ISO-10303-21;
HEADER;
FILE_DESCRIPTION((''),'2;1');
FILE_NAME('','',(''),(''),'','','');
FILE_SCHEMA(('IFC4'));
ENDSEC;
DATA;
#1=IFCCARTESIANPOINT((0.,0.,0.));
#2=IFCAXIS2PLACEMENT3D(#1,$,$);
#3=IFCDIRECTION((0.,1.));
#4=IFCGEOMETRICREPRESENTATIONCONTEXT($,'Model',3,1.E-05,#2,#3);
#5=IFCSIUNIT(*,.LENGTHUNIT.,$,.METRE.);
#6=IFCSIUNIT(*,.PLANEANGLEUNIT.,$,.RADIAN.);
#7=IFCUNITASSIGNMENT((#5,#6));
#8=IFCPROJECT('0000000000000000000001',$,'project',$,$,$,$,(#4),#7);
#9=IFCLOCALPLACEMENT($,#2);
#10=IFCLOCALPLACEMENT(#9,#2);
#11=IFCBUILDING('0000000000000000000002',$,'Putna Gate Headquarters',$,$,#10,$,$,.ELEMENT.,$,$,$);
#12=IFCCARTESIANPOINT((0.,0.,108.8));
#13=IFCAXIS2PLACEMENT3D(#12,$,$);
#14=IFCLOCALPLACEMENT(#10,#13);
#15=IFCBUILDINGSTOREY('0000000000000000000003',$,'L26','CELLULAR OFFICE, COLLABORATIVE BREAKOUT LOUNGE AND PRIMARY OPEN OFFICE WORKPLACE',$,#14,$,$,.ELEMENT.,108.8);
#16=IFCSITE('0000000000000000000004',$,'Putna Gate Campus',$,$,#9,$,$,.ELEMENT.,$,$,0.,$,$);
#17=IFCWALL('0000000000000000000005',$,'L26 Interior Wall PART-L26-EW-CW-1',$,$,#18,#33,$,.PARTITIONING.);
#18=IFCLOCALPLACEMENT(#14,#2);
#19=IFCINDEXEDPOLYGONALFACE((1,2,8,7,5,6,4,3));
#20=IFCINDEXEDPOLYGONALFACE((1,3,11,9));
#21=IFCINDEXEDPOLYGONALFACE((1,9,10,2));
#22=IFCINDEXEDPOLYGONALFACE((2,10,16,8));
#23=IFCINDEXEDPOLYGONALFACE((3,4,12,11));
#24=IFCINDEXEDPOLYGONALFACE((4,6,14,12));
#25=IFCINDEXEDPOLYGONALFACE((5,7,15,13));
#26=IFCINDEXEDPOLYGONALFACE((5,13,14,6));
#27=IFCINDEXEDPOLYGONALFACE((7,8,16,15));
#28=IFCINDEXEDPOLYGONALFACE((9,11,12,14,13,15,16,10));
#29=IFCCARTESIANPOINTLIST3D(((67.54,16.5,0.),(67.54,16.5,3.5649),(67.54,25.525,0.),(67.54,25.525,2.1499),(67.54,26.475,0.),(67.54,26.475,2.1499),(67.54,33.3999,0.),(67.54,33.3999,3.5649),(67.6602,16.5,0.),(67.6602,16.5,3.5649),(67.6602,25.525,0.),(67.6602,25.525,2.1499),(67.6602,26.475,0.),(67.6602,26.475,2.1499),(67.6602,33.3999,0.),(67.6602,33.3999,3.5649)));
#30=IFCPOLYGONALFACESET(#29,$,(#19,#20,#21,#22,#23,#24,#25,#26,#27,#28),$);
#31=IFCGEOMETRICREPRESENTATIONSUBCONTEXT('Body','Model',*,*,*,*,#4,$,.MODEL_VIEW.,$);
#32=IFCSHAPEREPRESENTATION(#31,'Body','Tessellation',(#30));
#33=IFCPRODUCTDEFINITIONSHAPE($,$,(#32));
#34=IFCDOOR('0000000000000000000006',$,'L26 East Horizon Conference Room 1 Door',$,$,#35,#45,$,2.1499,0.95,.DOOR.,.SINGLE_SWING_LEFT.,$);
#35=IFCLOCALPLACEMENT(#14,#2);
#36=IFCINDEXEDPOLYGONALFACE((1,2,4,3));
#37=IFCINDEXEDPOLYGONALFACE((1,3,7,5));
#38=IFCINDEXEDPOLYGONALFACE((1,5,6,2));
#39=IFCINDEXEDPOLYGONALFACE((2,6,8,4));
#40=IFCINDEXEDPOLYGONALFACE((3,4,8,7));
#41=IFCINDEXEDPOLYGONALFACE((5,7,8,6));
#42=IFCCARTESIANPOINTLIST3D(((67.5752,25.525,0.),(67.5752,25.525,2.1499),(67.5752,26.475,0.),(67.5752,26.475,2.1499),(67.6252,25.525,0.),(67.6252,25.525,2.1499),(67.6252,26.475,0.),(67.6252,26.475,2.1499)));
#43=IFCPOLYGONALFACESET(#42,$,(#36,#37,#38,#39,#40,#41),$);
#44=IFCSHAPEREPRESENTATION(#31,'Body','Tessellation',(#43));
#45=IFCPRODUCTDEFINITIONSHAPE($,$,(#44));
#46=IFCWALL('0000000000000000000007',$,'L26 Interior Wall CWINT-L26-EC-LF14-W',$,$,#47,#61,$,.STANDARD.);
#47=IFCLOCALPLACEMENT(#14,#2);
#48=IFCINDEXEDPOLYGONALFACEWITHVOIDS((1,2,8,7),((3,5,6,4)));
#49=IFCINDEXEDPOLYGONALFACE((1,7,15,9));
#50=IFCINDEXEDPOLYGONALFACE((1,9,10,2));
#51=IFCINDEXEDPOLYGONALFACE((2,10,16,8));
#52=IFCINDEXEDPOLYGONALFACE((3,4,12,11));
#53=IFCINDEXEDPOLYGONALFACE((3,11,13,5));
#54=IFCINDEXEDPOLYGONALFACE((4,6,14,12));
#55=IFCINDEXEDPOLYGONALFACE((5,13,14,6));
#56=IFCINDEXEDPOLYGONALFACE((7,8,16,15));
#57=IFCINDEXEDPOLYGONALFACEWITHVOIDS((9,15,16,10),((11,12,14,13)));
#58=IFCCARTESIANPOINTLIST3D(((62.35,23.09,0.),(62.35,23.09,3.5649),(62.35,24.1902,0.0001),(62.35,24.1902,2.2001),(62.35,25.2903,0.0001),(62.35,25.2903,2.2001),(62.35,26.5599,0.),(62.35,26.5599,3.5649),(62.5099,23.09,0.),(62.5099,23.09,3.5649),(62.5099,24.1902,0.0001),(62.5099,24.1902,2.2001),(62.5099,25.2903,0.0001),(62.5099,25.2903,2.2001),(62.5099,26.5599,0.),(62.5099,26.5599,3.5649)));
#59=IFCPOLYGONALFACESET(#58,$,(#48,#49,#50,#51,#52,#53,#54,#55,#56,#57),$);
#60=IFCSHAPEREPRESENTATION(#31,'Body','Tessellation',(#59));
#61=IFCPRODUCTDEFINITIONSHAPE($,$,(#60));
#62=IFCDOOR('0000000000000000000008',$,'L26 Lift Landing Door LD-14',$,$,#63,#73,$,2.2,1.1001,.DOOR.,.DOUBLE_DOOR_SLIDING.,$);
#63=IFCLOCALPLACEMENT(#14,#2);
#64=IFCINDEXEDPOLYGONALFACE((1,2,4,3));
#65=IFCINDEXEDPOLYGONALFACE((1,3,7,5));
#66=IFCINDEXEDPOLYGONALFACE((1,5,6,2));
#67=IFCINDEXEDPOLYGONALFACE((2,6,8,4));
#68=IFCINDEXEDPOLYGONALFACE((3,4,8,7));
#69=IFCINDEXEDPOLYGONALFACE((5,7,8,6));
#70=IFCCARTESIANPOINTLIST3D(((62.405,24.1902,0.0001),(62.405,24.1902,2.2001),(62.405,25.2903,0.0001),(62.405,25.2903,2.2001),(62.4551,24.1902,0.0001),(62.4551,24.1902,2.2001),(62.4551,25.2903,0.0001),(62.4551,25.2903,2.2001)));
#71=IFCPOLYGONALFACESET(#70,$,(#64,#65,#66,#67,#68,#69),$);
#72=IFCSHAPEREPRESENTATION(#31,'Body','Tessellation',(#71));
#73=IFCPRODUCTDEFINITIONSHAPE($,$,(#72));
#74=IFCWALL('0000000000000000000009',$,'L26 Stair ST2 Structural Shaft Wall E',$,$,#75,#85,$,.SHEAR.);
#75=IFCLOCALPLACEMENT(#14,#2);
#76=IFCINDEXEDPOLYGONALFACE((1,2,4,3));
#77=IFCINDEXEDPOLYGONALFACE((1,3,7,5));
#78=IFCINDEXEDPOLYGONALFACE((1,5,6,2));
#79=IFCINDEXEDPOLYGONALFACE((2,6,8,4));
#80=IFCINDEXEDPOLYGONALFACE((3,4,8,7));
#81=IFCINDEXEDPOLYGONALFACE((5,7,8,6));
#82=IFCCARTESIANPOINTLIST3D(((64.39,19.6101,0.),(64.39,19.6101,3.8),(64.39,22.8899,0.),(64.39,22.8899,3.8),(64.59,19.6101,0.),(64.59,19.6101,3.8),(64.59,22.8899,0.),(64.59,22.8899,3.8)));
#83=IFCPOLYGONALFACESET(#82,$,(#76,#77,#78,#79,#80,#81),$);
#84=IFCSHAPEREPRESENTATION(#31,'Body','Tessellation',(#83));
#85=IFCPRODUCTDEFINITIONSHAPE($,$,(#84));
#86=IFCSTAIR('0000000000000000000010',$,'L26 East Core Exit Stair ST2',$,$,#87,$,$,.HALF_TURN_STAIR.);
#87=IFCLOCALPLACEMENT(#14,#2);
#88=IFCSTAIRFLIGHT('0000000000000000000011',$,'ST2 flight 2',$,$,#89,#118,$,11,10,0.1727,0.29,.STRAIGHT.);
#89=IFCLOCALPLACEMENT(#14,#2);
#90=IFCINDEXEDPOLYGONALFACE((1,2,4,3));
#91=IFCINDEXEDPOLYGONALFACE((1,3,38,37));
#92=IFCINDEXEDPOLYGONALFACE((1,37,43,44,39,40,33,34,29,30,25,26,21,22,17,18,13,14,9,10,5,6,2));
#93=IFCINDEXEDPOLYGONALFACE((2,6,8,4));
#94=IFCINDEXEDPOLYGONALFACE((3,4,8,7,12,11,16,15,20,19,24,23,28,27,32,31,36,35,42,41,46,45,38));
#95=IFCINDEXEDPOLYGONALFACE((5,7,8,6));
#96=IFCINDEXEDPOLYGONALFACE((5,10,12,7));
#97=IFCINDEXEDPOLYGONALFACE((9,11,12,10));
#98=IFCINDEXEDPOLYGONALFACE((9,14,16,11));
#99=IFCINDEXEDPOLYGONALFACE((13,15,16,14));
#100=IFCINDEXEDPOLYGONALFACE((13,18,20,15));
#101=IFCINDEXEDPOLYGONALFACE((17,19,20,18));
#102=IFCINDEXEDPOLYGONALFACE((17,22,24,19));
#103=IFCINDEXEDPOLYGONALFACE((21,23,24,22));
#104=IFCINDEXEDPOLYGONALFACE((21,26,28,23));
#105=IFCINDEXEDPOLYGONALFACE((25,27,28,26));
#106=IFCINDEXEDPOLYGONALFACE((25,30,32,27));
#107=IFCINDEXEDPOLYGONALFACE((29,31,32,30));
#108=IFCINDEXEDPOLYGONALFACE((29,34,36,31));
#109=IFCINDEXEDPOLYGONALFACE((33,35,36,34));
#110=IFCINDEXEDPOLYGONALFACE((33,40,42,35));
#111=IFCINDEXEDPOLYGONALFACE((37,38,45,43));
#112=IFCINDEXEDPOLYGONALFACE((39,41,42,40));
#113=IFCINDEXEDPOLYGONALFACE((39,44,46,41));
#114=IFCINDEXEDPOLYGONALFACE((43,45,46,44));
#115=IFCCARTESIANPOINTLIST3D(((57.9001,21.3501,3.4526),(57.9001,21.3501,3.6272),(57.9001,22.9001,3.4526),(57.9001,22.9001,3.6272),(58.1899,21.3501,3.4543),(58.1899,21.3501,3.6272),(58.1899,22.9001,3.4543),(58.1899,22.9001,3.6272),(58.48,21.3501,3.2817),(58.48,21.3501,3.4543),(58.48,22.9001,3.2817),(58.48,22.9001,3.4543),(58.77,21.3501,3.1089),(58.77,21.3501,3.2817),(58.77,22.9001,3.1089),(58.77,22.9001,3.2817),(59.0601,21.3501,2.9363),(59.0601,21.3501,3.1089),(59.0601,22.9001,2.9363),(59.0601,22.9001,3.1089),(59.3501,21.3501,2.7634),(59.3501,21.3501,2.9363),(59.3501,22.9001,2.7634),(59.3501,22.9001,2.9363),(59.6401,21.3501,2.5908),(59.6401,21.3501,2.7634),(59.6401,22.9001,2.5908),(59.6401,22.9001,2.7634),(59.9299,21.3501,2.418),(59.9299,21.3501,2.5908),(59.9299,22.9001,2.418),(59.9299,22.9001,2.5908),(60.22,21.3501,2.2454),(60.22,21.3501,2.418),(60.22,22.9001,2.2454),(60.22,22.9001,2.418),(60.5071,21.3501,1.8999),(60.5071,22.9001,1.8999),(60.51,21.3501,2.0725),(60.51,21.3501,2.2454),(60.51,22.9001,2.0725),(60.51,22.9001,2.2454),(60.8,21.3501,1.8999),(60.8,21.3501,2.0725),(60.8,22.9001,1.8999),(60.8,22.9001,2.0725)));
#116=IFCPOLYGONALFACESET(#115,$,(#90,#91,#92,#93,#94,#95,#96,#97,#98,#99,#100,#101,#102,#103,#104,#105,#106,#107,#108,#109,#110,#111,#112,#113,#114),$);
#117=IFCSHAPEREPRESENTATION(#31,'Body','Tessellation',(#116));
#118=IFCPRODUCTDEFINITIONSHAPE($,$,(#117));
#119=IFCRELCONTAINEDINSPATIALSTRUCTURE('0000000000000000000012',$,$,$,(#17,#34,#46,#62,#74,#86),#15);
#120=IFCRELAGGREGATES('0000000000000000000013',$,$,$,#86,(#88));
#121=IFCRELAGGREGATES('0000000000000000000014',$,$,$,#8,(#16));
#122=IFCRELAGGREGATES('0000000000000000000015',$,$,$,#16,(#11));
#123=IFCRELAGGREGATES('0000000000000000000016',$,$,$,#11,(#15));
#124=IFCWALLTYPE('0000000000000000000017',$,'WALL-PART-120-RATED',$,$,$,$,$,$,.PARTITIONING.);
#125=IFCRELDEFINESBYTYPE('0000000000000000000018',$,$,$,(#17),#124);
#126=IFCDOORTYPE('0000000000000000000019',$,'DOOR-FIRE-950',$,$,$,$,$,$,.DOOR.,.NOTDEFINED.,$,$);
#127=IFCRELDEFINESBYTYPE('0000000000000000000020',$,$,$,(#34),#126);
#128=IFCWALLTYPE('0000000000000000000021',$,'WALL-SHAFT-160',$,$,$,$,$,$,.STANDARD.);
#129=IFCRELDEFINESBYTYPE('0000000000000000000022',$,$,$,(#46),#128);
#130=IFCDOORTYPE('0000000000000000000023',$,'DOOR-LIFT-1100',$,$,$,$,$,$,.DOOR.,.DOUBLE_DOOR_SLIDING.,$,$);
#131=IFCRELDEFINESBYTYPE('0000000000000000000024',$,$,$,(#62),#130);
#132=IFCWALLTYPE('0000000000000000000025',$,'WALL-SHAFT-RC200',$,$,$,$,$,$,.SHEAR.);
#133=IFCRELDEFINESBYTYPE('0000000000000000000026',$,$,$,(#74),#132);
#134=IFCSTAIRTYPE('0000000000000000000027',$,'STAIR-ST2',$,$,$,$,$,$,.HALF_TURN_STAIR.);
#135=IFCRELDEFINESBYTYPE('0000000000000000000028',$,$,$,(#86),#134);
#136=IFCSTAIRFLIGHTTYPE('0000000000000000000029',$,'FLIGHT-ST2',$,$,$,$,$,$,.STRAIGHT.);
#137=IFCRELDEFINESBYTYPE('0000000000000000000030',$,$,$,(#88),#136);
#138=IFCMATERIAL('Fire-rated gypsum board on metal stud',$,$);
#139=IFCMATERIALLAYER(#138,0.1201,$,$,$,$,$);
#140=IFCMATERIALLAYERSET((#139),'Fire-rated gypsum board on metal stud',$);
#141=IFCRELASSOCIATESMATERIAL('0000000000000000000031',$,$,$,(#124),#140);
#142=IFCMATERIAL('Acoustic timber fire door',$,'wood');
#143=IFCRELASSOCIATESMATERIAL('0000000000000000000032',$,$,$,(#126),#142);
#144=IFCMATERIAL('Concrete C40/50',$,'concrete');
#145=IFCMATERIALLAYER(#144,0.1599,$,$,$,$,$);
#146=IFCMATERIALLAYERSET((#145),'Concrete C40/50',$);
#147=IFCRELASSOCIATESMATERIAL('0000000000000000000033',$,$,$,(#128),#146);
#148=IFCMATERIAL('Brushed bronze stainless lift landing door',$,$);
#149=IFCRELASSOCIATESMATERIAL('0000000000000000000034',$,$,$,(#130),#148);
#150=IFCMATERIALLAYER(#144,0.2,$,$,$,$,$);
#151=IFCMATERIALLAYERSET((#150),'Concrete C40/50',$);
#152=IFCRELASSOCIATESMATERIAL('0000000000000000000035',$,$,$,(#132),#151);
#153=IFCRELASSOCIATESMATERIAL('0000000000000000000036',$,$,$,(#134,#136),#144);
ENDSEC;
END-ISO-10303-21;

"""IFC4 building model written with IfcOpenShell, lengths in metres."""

from ifc_helpers import new_model, si_unit, direction, frame, frame_2d, origin, place, context, subcontext, project, spatial, polyline, rectangle, outline, extrude, material, layer, layer_set, type_object, element, fill, aggregate, save


model = new_model("IFC4")

# Units and contexts
model_context = context("Model", 3, precision=1e-05, world=origin(), true_north=direction((0.0, 1.0)))
body_context = subcontext(model_context, "Body", "Model", "MODEL_VIEW")
ifc_project = project(units=[si_unit("LENGTHUNIT", "METRE"), si_unit("PLANEANGLEUNIT", "RADIAN")], contexts=[model_context])

# Site, building, storey
site_placement = place(None, origin())
site = spatial("IfcSite", under=ifc_project, at=site_placement, Name="Putna Gate Campus", CompositionType="ELEMENT", RefElevation=0.0)
building_placement = place(site_placement, origin())
building = spatial("IfcBuilding", under=site, at=building_placement, Name="Putna Gate Headquarters", CompositionType="ELEMENT")
storey_placement = place(building_placement, frame((0.0, 0.0, 108.8)))
storey = spatial("IfcBuildingStorey", under=building, at=storey_placement, Name="L26", Description="CELLULAR OFFICE, COLLABORATIVE BREAKOUT LOUNGE AND PRIMARY OPEN OFFICE WORKPLACE", CompositionType="ELEMENT", Elevation=108.8)

# Walls, openings, doors
ifc_material_1 = material(Name="Fire-rated gypsum board on metal stud")
ifc_layer_1 = layer(ifc_material_1, 0.1201)
ifc_layer_set_1 = layer_set([ifc_layer_1], Name="Fire-rated gypsum board on metal stud")
wall_type_1 = type_object("IfcWallType", Name="WALL-PART-120-RATED", PredefinedType="PARTITIONING", material=ifc_layer_set_1)
ifc_material_2 = material(Name="Acoustic timber fire door", Category="wood")
door_type_1 = type_object("IfcDoorType", Name="DOOR-FIRE-950", OperationType="NOTDEFINED", PredefinedType="DOOR", material=ifc_material_2)
wall_1_placement = place(storey_placement, frame((67.6001, 16.5, 0.0), z_axis=(0.0, 0.0, 1.0), x_axis=(0.0, 1.0, 0.0)))
wall_1 = element("IfcWall", 1, at=wall_1_placement, inside=storey, type_object=wall_type_1, Name="L26 Interior Wall PART-L26-EW-CW-1", PredefinedType="PARTITIONING", context=body_context, shape_type="SweptSolid", body=[
    extrude(rectangle(XDim=16.8999, YDim=0.1201, at=frame_2d((8.45, 0.0))), origin(), (0.0, 0.0, 1.0), 3.5649),
])
opening_1_placement = place(wall_1_placement, frame((9.0249, 0.0, 0.0)))
opening_1 = element("IfcOpeningElement", 2, at=opening_1_placement, cuts=wall_1, PredefinedType="OPENING", context=body_context, shape_type="SweptSolid", body=[
    extrude(rectangle(XDim=0.95, YDim=2.1499, at=frame_2d((0.4751, 1.075))), frame((0.0, 0.0701, 0.0), z_axis=(0.0, -1.0, 0.0), x_axis=(1.0, 0.0, 0.0)), (0.0, 0.0, 1.0), 0.1401),
])
door_1_placement = place(opening_1_placement, origin())
door_1 = element("IfcDoor", 3, at=door_1_placement, inside=storey, type_object=door_type_1, Name="L26 East Horizon Conference Room 1 Door", OperationType="SINGLE_SWING_LEFT", OverallHeight=2.1499, OverallWidth=0.95, PredefinedType="DOOR", context=body_context, shape_type="SweptSolid", body=[
    extrude(rectangle(XDim=0.95, YDim=2.1499, at=frame_2d((0.4751, 1.075))), frame((0.0, 0.0249, 0.0), z_axis=(0.0, -1.0, 0.0), x_axis=(1.0, 0.0, 0.0)), (0.0, 0.0, 1.0), 0.05),
])
fill(opening_1, door_1)
ifc_material_3 = material(Name="Concrete C40/50", Category="concrete")
ifc_layer_2 = layer(ifc_material_3, 0.1599)
ifc_layer_set_2 = layer_set([ifc_layer_2], Name="Concrete C40/50")
wall_type_2 = type_object("IfcWallType", Name="WALL-SHAFT-160", PredefinedType="STANDARD", material=ifc_layer_set_2)
wall_2_placement = place(storey_placement, frame((62.4299, 23.0901, 0.0), z_axis=(0.0, 0.0, 1.0), x_axis=(0.0, 1.0, 0.0)))
wall_2 = element("IfcWall", 4, at=wall_2_placement, inside=storey, type_object=wall_type_2, Name="L26 Interior Wall CWINT-L26-EC-LF14-W", PredefinedType="STANDARD", context=body_context, shape_type="SweptSolid", body=[
    extrude(rectangle(XDim=3.47, YDim=0.1599, at=frame_2d((1.7349, 0.0))), origin(), (0.0, 0.0, 1.0), 3.5649),
])
opening_2_placement = place(wall_2_placement, frame((1.1001, 0.0, 0.0)))
opening_2 = element("IfcOpeningElement", 5, at=opening_2_placement, cuts=wall_2, PredefinedType="OPENING", context=body_context, shape_type="SweptSolid", body=[
    extrude(rectangle(XDim=1.1001, YDim=2.2, at=frame_2d((0.55, 1.1001))), frame((0.0, 0.0898, 0.0), z_axis=(0.0, -1.0, 0.0), x_axis=(1.0, 0.0, 0.0)), (0.0, 0.0, 1.0), 0.1799),
])
ifc_material_4 = material(Name="Brushed bronze stainless lift landing door")
door_type_2 = type_object("IfcDoorType", Name="DOOR-LIFT-1100", OperationType="DOUBLE_DOOR_SLIDING", PredefinedType="DOOR", material=ifc_material_4)
door_2_placement = place(opening_2_placement, origin())
door_2 = element("IfcDoor", 6, at=door_2_placement, inside=storey, type_object=door_type_2, Name="L26 Lift Landing Door LD-14", OperationType="DOUBLE_DOOR_SLIDING", OverallHeight=2.2, OverallWidth=1.1001, PredefinedType="DOOR", context=body_context, shape_type="SweptSolid", body=[
    extrude(rectangle(XDim=1.1001, YDim=2.2, at=frame_2d((0.55, 1.1001))), frame((0.0, 0.0249, 0.0), z_axis=(0.0, -1.0, 0.0), x_axis=(1.0, 0.0, 0.0)), (0.0, 0.0, 1.0), 0.05),
])
fill(opening_2, door_2)

# Wall
ifc_layer_3 = layer(ifc_material_3, 0.2)
ifc_layer_set_3 = layer_set([ifc_layer_3], Name="Concrete C40/50")
wall_type_3 = type_object("IfcWallType", Name="WALL-SHAFT-RC200", PredefinedType="SHEAR", material=ifc_layer_set_3)
wall_3_placement = place(storey_placement, frame((64.49, 19.6101, 0.0), z_axis=(0.0, 0.0, 1.0), x_axis=(0.0, 1.0, 0.0)))
element("IfcWall", 7, at=wall_3_placement, inside=storey, type_object=wall_type_3, Name="L26 Stair ST2 Structural Shaft Wall E", PredefinedType="SHEAR", context=body_context, shape_type="SweptSolid", body=[
    extrude(rectangle(XDim=3.2798, YDim=0.2, at=frame_2d((1.6399, 0.0))), origin(), (0.0, 0.0, 1.0), 3.8),
])

# Stair, stair flight
stair_type = type_object("IfcStairType", Name="STAIR-ST2", PredefinedType="HALF_TURN_STAIR", material=ifc_material_3)
stair_placement = place(storey_placement, origin())
stair = element("IfcStair", 8, at=stair_placement, inside=storey, type_object=stair_type, Name="L26 East Core Exit Stair ST2", PredefinedType="HALF_TURN_STAIR")
stair_flight_type = type_object("IfcStairFlightType", Name="FLIGHT-ST2", PredefinedType="STRAIGHT", material=ifc_material_3)
stair_flight_placement = place(storey_placement, frame((60.8, 22.125, 1.8999), z_axis=(0.0, 0.0, 1.0), x_axis=(-1.0, 0.0, 0.0)))
stair_flight = element("IfcStairFlight", 9, at=stair_flight_placement, type_object=stair_flight_type, Name="ST2 flight 2", NumberOfRisers=11, NumberOfTreads=10, PredefinedType="STRAIGHT", RiserHeight=0.1727, TreadLength=0.29, context=body_context, shape_type="SweptSolid", body=[
    extrude(outline(polyline([(0.0, 0.0), (0.0, 0.1726), (0.29, 0.1726), (0.29, 0.3455), (0.5801, 0.3455), (0.5801, 0.5181), (0.8701, 0.5181), (0.8701, 0.6909), (1.1599, 0.6909), (1.1599, 0.8635), (1.45, 0.8635), (1.45, 1.0364), (1.74, 1.0364), (1.74, 1.209), (2.03, 1.209), (2.03, 1.3818), (2.3201, 1.3818), (2.3201, 1.5544), (2.6101, 1.5544), (2.6101, 1.7273), (2.8999, 1.7273), (2.8999, 1.8999), (2.8999, 1.5527), (0.293, 0.0), (0.0, 0.0)])), frame((0.0, 0.7749, 0.0), z_axis=(0.0, -1.0, 0.0), x_axis=(1.0, 0.0, 0.0)), (0.0, 0.0, 1.0), 1.55),
])
aggregate(stair, [stair_flight])

save(model, "model.ifc")
